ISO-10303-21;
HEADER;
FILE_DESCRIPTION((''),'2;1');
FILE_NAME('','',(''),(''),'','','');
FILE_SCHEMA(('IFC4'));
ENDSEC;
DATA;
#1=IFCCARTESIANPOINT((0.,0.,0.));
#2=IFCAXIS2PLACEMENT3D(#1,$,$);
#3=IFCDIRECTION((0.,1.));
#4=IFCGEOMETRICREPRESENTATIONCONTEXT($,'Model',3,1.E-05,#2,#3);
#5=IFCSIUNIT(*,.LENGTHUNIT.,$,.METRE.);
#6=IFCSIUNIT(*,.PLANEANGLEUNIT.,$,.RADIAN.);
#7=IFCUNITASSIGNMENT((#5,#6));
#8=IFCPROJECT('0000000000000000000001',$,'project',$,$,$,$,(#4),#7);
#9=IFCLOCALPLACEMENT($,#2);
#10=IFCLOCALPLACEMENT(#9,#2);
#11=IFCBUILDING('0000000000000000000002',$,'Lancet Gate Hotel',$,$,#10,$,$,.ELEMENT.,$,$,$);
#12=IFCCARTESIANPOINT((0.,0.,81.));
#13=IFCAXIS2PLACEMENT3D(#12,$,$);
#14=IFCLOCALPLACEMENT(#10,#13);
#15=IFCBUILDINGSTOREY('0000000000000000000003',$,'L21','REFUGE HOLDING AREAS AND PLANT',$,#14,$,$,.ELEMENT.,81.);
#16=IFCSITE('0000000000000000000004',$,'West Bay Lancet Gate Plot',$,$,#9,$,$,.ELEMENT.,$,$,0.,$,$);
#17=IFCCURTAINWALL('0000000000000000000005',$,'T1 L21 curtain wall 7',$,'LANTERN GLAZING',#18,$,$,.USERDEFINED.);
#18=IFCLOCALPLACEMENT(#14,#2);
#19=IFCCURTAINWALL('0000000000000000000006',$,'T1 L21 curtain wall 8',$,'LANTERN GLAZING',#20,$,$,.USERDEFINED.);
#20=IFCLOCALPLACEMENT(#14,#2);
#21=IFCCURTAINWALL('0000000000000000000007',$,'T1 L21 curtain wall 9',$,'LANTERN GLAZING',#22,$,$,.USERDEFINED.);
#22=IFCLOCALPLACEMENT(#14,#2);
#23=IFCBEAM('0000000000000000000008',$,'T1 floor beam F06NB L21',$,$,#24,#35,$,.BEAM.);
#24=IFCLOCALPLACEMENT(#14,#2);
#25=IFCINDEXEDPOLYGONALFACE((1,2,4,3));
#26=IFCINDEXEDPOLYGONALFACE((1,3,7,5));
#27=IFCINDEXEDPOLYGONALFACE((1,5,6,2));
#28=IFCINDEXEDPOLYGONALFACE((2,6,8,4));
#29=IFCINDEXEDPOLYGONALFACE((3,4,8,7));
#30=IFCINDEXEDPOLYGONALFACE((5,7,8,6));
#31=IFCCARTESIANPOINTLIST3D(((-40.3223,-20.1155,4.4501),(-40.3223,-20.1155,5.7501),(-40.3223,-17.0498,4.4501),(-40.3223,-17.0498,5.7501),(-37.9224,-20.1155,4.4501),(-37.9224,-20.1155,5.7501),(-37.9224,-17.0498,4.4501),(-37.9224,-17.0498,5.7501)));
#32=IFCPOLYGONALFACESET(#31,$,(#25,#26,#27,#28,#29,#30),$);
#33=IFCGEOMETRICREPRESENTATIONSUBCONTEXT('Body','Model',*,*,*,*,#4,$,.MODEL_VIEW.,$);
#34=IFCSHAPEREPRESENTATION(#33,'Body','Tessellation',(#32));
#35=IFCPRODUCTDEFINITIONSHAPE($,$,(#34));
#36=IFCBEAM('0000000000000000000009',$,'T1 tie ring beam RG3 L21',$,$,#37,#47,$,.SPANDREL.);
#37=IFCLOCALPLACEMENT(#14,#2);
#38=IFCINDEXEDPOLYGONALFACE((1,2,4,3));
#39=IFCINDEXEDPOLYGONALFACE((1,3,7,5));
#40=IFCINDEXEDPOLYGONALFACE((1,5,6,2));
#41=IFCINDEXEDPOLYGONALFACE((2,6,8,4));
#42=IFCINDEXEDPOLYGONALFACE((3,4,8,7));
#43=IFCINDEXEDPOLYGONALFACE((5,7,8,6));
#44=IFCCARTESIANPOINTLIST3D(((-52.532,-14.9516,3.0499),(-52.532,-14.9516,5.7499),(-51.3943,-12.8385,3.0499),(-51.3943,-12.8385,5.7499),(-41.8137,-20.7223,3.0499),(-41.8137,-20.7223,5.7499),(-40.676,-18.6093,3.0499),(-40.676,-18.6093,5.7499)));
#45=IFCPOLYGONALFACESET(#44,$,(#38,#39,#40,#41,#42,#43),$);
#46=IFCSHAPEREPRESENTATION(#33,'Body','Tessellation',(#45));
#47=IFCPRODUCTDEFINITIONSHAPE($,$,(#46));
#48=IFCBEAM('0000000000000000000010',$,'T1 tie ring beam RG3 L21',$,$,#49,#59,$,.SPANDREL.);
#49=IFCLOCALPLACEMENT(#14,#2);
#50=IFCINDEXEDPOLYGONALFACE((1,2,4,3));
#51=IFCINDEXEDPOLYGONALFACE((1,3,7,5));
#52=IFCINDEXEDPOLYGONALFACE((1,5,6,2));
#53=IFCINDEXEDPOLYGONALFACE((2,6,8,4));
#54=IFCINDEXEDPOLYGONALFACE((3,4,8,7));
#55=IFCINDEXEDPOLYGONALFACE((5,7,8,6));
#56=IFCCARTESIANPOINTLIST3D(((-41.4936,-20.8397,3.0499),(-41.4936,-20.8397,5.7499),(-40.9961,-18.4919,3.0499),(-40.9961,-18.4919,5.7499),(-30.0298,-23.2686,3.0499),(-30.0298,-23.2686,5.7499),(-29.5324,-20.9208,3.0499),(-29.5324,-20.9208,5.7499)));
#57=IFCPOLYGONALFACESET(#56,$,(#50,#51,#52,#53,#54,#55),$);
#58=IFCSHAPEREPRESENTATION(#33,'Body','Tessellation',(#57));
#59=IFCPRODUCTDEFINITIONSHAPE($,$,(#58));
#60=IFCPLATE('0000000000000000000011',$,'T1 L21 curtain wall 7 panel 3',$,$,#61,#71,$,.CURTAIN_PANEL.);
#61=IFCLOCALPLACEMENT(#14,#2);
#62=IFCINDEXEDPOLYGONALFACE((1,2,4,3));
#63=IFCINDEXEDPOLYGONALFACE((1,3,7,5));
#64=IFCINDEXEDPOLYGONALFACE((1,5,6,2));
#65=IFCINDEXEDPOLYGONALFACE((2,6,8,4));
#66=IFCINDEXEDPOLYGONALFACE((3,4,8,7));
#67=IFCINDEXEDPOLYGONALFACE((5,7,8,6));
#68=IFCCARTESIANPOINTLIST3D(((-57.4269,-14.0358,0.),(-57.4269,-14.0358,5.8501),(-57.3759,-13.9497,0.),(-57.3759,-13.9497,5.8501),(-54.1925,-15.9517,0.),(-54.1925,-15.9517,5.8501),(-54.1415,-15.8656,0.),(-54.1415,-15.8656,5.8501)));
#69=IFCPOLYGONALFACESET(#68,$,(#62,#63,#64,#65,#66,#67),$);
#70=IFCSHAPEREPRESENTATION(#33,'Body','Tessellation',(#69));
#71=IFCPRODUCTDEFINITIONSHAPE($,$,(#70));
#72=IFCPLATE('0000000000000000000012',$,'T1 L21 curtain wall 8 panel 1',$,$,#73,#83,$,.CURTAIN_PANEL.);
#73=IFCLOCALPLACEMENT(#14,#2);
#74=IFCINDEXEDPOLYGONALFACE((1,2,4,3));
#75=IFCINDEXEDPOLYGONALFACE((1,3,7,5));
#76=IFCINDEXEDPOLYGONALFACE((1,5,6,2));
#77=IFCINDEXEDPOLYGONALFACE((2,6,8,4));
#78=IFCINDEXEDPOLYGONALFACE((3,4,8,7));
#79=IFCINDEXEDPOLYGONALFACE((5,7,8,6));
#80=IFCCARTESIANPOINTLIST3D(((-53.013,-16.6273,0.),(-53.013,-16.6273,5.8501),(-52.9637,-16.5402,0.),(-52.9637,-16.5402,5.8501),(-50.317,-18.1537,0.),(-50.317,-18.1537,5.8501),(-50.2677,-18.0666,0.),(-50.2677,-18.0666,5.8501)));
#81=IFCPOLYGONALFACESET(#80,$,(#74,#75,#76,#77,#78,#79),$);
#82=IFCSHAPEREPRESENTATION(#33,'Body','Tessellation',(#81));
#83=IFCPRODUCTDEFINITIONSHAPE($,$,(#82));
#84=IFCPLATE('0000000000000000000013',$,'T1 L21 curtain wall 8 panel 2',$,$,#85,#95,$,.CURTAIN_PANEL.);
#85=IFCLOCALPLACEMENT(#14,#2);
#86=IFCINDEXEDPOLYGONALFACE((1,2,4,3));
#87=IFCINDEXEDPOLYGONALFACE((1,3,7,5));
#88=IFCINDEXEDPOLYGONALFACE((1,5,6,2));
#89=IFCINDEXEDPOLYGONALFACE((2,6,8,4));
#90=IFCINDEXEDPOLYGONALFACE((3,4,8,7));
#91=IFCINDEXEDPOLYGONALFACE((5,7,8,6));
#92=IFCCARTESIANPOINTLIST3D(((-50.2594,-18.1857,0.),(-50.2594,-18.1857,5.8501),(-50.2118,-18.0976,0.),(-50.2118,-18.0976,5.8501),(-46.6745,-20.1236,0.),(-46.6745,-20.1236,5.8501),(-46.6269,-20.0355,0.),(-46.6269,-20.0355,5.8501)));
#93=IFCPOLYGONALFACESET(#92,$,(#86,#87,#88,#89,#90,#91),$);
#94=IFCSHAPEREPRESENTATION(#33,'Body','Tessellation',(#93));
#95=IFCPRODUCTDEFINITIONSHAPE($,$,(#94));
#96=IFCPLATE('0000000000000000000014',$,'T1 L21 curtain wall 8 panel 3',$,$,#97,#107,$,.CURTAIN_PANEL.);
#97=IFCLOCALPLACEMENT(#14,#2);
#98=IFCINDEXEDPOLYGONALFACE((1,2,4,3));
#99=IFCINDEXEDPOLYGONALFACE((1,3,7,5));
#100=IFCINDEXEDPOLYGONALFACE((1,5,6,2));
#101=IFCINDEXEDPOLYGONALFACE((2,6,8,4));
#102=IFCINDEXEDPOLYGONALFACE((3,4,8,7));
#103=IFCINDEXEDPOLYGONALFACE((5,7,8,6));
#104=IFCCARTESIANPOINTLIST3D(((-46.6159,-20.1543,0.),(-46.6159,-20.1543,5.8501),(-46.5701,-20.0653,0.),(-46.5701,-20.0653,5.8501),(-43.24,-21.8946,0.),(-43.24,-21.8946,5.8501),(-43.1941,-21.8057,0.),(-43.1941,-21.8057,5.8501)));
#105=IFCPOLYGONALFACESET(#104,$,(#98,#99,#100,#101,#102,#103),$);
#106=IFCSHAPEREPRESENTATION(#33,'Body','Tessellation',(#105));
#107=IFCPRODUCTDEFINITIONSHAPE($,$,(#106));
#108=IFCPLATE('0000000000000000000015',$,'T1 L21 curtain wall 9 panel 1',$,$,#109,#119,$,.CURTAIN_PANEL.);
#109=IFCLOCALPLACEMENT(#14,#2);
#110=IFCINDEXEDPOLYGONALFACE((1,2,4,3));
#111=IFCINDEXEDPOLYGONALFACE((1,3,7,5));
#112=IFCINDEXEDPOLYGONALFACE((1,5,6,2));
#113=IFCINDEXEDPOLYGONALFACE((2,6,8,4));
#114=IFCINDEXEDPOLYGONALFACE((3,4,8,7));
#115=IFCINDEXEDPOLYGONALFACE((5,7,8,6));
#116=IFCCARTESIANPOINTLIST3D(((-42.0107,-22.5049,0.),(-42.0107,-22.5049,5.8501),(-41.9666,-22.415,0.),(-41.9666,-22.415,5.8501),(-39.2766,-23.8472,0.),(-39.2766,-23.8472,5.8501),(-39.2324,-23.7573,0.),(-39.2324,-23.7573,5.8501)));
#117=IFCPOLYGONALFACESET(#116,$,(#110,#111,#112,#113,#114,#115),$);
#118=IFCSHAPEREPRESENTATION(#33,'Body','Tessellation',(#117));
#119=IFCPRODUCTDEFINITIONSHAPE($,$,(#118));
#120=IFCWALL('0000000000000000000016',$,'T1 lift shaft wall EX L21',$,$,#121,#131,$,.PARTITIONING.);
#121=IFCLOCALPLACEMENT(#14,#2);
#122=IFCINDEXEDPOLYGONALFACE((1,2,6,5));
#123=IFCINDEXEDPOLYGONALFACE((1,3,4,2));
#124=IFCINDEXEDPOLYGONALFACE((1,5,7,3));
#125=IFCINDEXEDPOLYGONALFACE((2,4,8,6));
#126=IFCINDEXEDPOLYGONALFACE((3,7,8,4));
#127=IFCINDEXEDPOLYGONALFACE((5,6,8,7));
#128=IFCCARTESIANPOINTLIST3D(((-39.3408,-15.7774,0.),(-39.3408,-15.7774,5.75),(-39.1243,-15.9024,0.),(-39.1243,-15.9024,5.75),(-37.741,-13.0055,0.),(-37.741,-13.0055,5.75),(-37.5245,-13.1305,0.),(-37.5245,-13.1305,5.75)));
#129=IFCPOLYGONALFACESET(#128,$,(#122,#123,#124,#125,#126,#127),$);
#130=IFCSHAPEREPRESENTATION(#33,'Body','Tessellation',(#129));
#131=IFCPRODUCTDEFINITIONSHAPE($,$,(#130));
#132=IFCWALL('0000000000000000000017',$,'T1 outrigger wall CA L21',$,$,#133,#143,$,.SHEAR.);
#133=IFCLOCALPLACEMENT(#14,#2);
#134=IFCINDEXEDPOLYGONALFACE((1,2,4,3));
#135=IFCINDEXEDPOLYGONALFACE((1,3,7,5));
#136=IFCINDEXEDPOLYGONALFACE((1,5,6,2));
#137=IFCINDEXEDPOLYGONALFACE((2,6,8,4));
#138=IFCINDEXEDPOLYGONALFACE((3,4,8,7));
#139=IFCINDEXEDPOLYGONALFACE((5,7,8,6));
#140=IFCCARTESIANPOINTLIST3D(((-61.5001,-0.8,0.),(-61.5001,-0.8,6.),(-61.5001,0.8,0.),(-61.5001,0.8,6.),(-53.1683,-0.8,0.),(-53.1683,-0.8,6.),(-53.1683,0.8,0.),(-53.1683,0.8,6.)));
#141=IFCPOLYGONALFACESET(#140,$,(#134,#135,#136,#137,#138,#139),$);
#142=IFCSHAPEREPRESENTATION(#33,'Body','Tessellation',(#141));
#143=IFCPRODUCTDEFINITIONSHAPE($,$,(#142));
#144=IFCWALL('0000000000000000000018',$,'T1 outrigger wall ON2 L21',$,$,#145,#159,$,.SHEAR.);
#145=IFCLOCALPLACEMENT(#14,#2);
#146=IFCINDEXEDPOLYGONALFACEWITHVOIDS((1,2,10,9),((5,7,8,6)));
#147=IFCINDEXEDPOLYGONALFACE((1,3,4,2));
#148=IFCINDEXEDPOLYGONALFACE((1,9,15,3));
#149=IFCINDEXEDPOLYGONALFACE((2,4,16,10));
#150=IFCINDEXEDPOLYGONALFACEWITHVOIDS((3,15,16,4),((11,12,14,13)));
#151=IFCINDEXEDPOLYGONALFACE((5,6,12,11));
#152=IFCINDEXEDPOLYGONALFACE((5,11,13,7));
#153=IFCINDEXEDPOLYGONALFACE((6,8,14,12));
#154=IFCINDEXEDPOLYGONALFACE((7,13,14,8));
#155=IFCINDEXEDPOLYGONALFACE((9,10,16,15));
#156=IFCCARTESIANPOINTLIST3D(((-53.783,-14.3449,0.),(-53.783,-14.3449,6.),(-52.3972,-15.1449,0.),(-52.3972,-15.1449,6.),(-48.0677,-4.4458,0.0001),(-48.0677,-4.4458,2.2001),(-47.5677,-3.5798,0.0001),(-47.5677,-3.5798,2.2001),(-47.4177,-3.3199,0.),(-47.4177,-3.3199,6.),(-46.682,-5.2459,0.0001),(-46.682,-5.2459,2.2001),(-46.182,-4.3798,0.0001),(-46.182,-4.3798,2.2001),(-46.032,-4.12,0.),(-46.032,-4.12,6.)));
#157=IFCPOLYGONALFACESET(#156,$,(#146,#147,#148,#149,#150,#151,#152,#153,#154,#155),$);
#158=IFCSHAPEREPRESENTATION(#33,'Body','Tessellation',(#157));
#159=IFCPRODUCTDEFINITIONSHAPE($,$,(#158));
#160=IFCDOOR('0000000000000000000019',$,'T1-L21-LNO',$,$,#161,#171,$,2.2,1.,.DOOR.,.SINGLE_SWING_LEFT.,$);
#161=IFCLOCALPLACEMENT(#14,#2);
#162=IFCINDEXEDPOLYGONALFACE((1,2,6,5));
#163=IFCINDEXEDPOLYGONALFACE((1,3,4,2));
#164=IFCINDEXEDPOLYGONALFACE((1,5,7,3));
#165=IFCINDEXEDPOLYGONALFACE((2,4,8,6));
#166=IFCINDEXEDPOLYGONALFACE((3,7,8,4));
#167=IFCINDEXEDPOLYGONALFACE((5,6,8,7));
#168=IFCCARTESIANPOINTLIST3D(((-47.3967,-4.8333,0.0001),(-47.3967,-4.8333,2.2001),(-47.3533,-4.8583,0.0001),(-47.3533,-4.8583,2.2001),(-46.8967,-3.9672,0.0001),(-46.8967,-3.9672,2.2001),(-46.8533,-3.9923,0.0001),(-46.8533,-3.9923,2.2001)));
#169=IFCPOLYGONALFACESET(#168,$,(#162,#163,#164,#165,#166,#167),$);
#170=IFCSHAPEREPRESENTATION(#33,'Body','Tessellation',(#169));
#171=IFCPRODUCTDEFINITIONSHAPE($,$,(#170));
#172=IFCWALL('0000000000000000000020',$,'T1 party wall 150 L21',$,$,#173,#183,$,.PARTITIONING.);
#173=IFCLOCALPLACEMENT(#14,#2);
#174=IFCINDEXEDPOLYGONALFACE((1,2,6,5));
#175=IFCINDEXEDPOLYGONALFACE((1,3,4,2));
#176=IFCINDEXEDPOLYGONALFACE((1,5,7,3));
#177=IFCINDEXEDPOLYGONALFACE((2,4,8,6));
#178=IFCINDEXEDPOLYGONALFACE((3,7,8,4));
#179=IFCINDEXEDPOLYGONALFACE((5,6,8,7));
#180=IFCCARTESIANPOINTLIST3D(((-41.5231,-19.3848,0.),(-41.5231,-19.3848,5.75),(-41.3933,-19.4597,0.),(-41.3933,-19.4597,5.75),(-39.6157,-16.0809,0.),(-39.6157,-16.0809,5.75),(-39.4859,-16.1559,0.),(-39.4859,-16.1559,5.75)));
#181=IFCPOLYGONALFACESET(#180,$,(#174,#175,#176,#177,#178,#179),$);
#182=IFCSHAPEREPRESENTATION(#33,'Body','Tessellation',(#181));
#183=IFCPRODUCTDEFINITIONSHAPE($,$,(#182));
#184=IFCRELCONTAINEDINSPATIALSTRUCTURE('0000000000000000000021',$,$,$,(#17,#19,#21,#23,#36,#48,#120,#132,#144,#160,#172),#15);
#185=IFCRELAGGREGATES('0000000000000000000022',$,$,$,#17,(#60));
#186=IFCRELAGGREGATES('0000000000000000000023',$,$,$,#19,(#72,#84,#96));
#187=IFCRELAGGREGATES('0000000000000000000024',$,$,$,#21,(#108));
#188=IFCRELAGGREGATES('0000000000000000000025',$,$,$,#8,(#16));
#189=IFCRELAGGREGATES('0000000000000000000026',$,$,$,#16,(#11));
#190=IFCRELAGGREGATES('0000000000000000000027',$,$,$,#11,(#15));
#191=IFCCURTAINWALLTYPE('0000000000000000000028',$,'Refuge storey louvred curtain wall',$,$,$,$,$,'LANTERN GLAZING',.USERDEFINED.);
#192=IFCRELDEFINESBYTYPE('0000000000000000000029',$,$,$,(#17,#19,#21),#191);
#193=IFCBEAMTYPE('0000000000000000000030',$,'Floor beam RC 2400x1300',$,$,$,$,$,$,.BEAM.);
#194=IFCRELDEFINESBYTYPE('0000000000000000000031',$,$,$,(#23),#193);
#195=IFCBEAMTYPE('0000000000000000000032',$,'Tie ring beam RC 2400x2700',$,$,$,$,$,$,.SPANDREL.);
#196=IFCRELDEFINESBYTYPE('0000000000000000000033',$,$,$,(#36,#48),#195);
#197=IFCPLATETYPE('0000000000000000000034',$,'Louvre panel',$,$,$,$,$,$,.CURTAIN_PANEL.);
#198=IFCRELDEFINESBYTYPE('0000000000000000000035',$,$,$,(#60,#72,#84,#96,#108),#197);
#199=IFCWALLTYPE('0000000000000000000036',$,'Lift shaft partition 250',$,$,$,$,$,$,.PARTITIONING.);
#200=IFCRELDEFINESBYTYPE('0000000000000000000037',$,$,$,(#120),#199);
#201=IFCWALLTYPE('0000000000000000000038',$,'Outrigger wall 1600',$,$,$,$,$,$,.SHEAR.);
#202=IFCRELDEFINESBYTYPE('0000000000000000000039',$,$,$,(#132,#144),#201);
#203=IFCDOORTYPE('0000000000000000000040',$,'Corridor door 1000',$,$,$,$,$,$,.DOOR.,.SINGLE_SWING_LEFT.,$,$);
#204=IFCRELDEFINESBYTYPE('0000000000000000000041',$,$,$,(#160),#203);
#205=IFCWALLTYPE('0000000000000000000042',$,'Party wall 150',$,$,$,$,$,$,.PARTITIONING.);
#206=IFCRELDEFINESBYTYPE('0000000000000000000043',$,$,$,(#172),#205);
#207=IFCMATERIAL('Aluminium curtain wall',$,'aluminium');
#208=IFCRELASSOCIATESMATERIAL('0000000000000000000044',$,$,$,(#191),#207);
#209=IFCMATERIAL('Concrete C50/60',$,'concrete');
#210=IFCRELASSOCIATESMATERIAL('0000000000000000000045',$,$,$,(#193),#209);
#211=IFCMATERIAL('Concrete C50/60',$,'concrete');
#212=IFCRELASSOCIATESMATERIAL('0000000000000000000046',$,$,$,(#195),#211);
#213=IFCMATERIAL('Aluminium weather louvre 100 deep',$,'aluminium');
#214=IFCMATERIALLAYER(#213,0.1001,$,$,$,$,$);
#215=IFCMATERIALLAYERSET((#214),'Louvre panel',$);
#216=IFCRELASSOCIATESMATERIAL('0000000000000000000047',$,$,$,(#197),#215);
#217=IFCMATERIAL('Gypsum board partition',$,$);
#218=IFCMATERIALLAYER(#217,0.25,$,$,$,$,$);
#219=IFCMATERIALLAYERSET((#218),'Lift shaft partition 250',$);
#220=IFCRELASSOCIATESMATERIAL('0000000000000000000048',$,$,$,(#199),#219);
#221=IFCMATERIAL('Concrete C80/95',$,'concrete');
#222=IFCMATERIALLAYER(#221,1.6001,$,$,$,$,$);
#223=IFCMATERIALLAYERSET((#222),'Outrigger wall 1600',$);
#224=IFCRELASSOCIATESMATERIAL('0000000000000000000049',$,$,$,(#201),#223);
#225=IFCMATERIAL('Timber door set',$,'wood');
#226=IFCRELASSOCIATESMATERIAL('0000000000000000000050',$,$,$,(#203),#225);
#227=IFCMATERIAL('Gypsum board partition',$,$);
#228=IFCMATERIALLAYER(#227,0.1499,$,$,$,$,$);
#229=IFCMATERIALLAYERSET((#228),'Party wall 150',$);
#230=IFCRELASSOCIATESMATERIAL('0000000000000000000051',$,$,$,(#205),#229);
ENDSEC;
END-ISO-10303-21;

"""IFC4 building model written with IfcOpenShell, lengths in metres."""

from ifc_helpers import new_model, si_unit, direction, frame, frame_2d, origin, origin_2d, place, context, subcontext, project, spatial, rectangle, extrude, material, layer, layer_set, material_profile, profile_set, type_object, element, fill, aggregate, save


model = new_model("IFC4")

# Units and contexts
model_context = context("Model", 3, precision=1e-05, world=origin(), true_north=direction((0.0, 1.0)))
body_context = subcontext(model_context, "Body", "Model", "MODEL_VIEW")
ifc_project = project(units=[si_unit("LENGTHUNIT", "METRE"), si_unit("PLANEANGLEUNIT", "RADIAN")], contexts=[model_context])

# Site, building, storey
site_placement = place(None, origin())
site = spatial("IfcSite", under=ifc_project, at=site_placement, Name="West Bay Lancet Gate Plot", CompositionType="ELEMENT", RefElevation=0.0)
building_placement = place(site_placement, origin())
building = spatial("IfcBuilding", under=site, at=building_placement, Name="Lancet Gate Hotel", CompositionType="ELEMENT")
storey_placement = place(building_placement, frame((0.0, 0.0, 81.0)))
storey = spatial("IfcBuildingStorey", under=building, at=storey_placement, Name="L21", Description="REFUGE HOLDING AREAS AND PLANT", CompositionType="ELEMENT", Elevation=81.0)

# Curtain wall
ifc_material_1 = material(Name="Aluminium curtain wall", Category="aluminium")
curtain_wall_type = type_object("IfcCurtainWallType", Name="Refuge storey louvred curtain wall", ElementType="LANTERN GLAZING", PredefinedType="USERDEFINED", material=ifc_material_1)
curtain_wall_1_placement = place(storey_placement, origin())
curtain_wall_1 = element("IfcCurtainWall", 1, at=curtain_wall_1_placement, inside=storey, type_object=curtain_wall_type, Name="T1 L21 curtain wall 7", ObjectType="LANTERN GLAZING", PredefinedType="USERDEFINED")

# Curtain walls
curtain_wall_2_placement = place(storey_placement, origin())
curtain_wall_2 = element("IfcCurtainWall", 2, at=curtain_wall_2_placement, inside=storey, type_object=curtain_wall_type, Name="T1 L21 curtain wall 8", ObjectType="LANTERN GLAZING", PredefinedType="USERDEFINED")
curtain_wall_3_placement = place(storey_placement, origin())
curtain_wall_3 = element("IfcCurtainWall", 3, at=curtain_wall_3_placement, inside=storey, type_object=curtain_wall_type, Name="T1 L21 curtain wall 9", ObjectType="LANTERN GLAZING", PredefinedType="USERDEFINED")

# Beams
ifc_material_2 = material(Name="Concrete C50/60", Category="concrete")
ifc_material_profile_1 = material_profile(ifc_material_2, rectangle(XDim=2.3999, YDim=1.3, at=origin_2d()), Name="RC 2400x1300")
ifc_profile_set_1 = profile_set([ifc_material_profile_1], Name="Concrete C50/60")
beam_type_1 = type_object("IfcBeamType", Name="Floor beam RC 2400x1300", PredefinedType="BEAM", material=ifc_profile_set_1)
beam_1_placement = place(storey_placement, frame((-39.1223, -17.0498, 5.1001), z_axis=(0.0, -1.0, 0.0), x_axis=(1.0, 0.0, 0.0)))
element("IfcBeam", 4, at=beam_1_placement, inside=storey, type_object=beam_type_1, Name="T1 floor beam F06NB L21", PredefinedType="BEAM", context=body_context, shape_type="SweptSolid", body=[
    extrude(rectangle(XDim=2.3999, YDim=1.3, at=origin_2d()), origin(), (0.0, 0.0, 1.0), 3.0657),
])
ifc_material_3 = material(Name="Concrete C50/60", Category="concrete")
ifc_material_profile_2 = material_profile(ifc_material_3, rectangle(XDim=2.3999, YDim=2.7, at=origin_2d()), Name="RC 2400x2700")
ifc_profile_set_2 = profile_set([ifc_material_profile_2], Name="Concrete C50/60")
beam_type_2 = type_object("IfcBeamType", Name="Tie ring beam RC 2400x2700", PredefinedType="SPANDREL", material=ifc_profile_set_2)
beam_2_placement = place(storey_placement, frame((-51.9631, -13.895, 4.3999), z_axis=(0.880492, -0.47406, 0.0), x_axis=(0.47406, 0.880492, 0.0)))
element("IfcBeam", 5, at=beam_2_placement, inside=storey, type_object=beam_type_2, Name="T1 tie ring beam RG3 L21", PredefinedType="SPANDREL", context=body_context, shape_type="SweptSolid", body=[
    extrude(rectangle(XDim=2.3999, YDim=2.7, at=origin_2d()), origin(), (0.0, 0.0, 1.0), 12.1731),
])
beam_3_placement = place(storey_placement, frame((-41.2449, -19.6658, 4.3999), z_axis=(0.978282, -0.207278, 0.0), x_axis=(0.207278, 0.978282, 0.0)))
element("IfcBeam", 6, at=beam_3_placement, inside=storey, type_object=beam_type_2, Name="T1 tie ring beam RG3 L21", PredefinedType="SPANDREL", context=body_context, shape_type="SweptSolid", body=[
    extrude(rectangle(XDim=2.3999, YDim=2.7, at=origin_2d()), origin(), (0.0, 0.0, 1.0), 11.7183),
])

# Plates
ifc_material_4 = material(Name="Aluminium weather louvre 100 deep", Category="aluminium")
ifc_layer_1 = layer(ifc_material_4, 0.1001)
ifc_layer_set_1 = layer_set([ifc_layer_1], Name="Louvre panel")
plate_type = type_object("IfcPlateType", Name="Louvre panel", PredefinedType="CURTAIN_PANEL", material=ifc_layer_set_1)
plate_1_placement = place(storey_placement, frame((-55.7842, -14.9507, 0.0), z_axis=(0.0, 0.0, 1.0), x_axis=(0.860382, -0.50965, 0.0)))
plate_1 = element("IfcPlate", 7, at=plate_1_placement, type_object=plate_type, Name="T1 L21 curtain wall 7 panel 3", PredefinedType="CURTAIN_PANEL", context=body_context, shape_type="SweptSolid", body=[
    extrude(rectangle(XDim=3.7593, YDim=0.1001, at=origin_2d()), origin(), (0.0, 0.0, 1.0), 5.8501),
])
aggregate(curtain_wall_1, [plate_1])
plate_2_placement = place(storey_placement, frame((-51.6404, -17.3469, 0.0), z_axis=(0.0, 0.0, 1.0), x_axis=(0.870205, -0.49269, 0.0)))
plate_2 = element("IfcPlate", 8, at=plate_2_placement, type_object=plate_type, Name="T1 L21 curtain wall 8 panel 1", PredefinedType="CURTAIN_PANEL", context=body_context, shape_type="SweptSolid", body=[
    extrude(rectangle(XDim=3.0981, YDim=0.1001, at=origin_2d()), origin(), (0.0, 0.0, 1.0), 5.8501),
])
plate_3_placement = place(storey_placement, frame((-48.4431, -19.1106, 0.0), z_axis=(0.0, 0.0, 1.0), x_axis=(0.879693, -0.475541, 0.0)))
plate_3 = element("IfcPlate", 9, at=plate_3_placement, type_object=plate_type, Name="T1 L21 curtain wall 8 panel 2", PredefinedType="CURTAIN_PANEL", context=body_context, shape_type="SweptSolid", body=[
    extrude(rectangle(XDim=4.0752, YDim=0.1001, at=origin_2d()), origin(), (0.0, 0.0, 1.0), 5.8501),
])
plate_4_placement = place(storey_placement, frame((-44.905, -20.98, 0.0), z_axis=(0.0, 0.0, 1.0), x_axis=(0.888844, -0.45821, 0.0)))
plate_4 = element("IfcPlate", 10, at=plate_4_placement, type_object=plate_type, Name="T1 L21 curtain wall 8 panel 3", PredefinedType="CURTAIN_PANEL", context=body_context, shape_type="SweptSolid", body=[
    extrude(rectangle(XDim=3.7981, YDim=0.1001, at=origin_2d()), origin(), (0.0, 0.0, 1.0), 5.8501),
])
aggregate(curtain_wall_2, [plate_2, plate_3, plate_4])
plate_5_placement = place(storey_placement, frame((-40.6216, -23.1311, 0.0), z_axis=(0.0, 0.0, 1.0), x_axis=(0.897653, -0.440702, 0.0)))
plate_5 = element("IfcPlate", 11, at=plate_5_placement, type_object=plate_type, Name="T1 L21 curtain wall 9 panel 1", PredefinedType="CURTAIN_PANEL", context=body_context, shape_type="SweptSolid", body=[
    extrude(rectangle(XDim=3.0459, YDim=0.1001, at=origin_2d()), origin(), (0.0, 0.0, 1.0), 5.8501),
])
aggregate(curtain_wall_3, [plate_5])

# Walls
ifc_material_5 = material(Name="Gypsum board partition")
ifc_layer_2 = layer(ifc_material_5, 0.25)
ifc_layer_set_2 = layer_set([ifc_layer_2], Name="Lift shaft partition 250")
wall_type_1 = type_object("IfcWallType", Name="Lift shaft partition 250", PredefinedType="PARTITIONING", material=ifc_layer_set_2)
wall_1_placement = place(storey_placement, frame((-37.6328, -13.0681, 0.0), z_axis=(0.0, 0.0, 1.0), x_axis=(-0.499872, -0.866099, 0.0)))
element("IfcWall", 12, at=wall_1_placement, inside=storey, type_object=wall_type_1, Name="T1 lift shaft wall EX L21", PredefinedType="PARTITIONING", context=body_context, shape_type="SweptSolid", body=[
    extrude(rectangle(XDim=3.2004, YDim=0.25, at=frame_2d((1.6001, 0.0))), origin(), (0.0, 0.0, 1.0), 5.75),
])
ifc_material_6 = material(Name="Concrete C80/95", Category="concrete")
ifc_layer_3 = layer(ifc_material_6, 1.6001)
ifc_layer_set_3 = layer_set([ifc_layer_3], Name="Outrigger wall 1600")
wall_type_2 = type_object("IfcWallType", Name="Outrigger wall 1600", PredefinedType="SHEAR", material=ifc_layer_set_3)
wall_2_placement = place(storey_placement, frame((-53.1682, 0.0, 0.0), z_axis=(0.0, 0.0, 1.0), x_axis=(-1.0, 0.0, 0.0)))
element("IfcWall", 13, at=wall_2_placement, inside=storey, type_object=wall_type_2, Name="T1 outrigger wall CA L21", PredefinedType="SHEAR", context=body_context, shape_type="SweptSolid", body=[
    extrude(rectangle(XDim=8.3318, YDim=1.6001, at=frame_2d((4.166, 0.0))), origin(), (0.0, 0.0, 1.0), 6.0),
])

# Wall, opening, door
wall_3_placement = place(storey_placement, frame((-46.7249, -3.72, 0.0), z_axis=(0.0, 0.0, 1.0), x_axis=(-0.5, -0.866025, 0.0)))
wall_3 = element("IfcWall", 14, at=wall_3_placement, inside=storey, type_object=wall_type_2, Name="T1 outrigger wall ON2 L21", PredefinedType="SHEAR", context=body_context, shape_type="SweptSolid", body=[
    extrude(rectangle(XDim=12.7305, YDim=1.6001, at=frame_2d((6.3652, 0.0))), origin(), (0.0, 0.0, 1.0), 6.0),
])
opening_placement = place(wall_3_placement, frame((0.3, 0.0, 0.0)))
opening = element("IfcOpeningElement", 15, at=opening_placement, cuts=wall_3, PredefinedType="OPENING", context=body_context, shape_type="SweptSolid", body=[
    extrude(rectangle(XDim=1.0, YDim=2.2, at=frame_2d((0.5, 1.1001))), frame((0.0, 0.8101, 0.0), z_axis=(0.0, -1.0, 0.0), x_axis=(1.0, 0.0, 0.0)), (0.0, 0.0, 1.0), 1.6201),
])
ifc_material_7 = material(Name="Timber door set", Category="wood")
door_type = type_object("IfcDoorType", Name="Corridor door 1000", OperationType="SINGLE_SWING_LEFT", PredefinedType="DOOR", material=ifc_material_7)
door_placement = place(opening_placement, origin())
door = element("IfcDoor", 16, at=door_placement, inside=storey, type_object=door_type, Name="T1-L21-LNO", OperationType="SINGLE_SWING_LEFT", OverallHeight=2.2, OverallWidth=1.0, PredefinedType="DOOR", context=body_context, shape_type="SweptSolid", body=[
    extrude(rectangle(XDim=1.0, YDim=2.2, at=frame_2d((0.5, 1.1001))), frame((0.0, 0.0249, 0.0), z_axis=(0.0, -1.0, 0.0), x_axis=(1.0, 0.0, 0.0)), (0.0, 0.0, 1.0), 0.05),
])
fill(opening, door)

# Wall
ifc_material_8 = material(Name="Gypsum board partition")
ifc_layer_4 = layer(ifc_material_8, 0.1499)
ifc_layer_set_4 = layer_set([ifc_layer_4], Name="Party wall 150")
wall_type_3 = type_object("IfcWallType", Name="Party wall 150", PredefinedType="PARTITIONING", material=ifc_layer_set_4)
wall_4_placement = place(storey_placement, frame((-39.5508, -16.1184, 0.0), z_axis=(0.0, 0.0, 1.0), x_axis=(-0.499987, -0.866033, 0.0)))
element("IfcWall", 17, at=wall_4_placement, inside=storey, type_object=wall_type_3, Name="T1 party wall 150 L21", PredefinedType="PARTITIONING", context=body_context, shape_type="SweptSolid", body=[
    extrude(rectangle(XDim=3.8149, YDim=0.1499, at=frame_2d((1.9075, 0.0))), origin(), (0.0, 0.0, 1.0), 5.75),
])

save(model, "model.ifc")
